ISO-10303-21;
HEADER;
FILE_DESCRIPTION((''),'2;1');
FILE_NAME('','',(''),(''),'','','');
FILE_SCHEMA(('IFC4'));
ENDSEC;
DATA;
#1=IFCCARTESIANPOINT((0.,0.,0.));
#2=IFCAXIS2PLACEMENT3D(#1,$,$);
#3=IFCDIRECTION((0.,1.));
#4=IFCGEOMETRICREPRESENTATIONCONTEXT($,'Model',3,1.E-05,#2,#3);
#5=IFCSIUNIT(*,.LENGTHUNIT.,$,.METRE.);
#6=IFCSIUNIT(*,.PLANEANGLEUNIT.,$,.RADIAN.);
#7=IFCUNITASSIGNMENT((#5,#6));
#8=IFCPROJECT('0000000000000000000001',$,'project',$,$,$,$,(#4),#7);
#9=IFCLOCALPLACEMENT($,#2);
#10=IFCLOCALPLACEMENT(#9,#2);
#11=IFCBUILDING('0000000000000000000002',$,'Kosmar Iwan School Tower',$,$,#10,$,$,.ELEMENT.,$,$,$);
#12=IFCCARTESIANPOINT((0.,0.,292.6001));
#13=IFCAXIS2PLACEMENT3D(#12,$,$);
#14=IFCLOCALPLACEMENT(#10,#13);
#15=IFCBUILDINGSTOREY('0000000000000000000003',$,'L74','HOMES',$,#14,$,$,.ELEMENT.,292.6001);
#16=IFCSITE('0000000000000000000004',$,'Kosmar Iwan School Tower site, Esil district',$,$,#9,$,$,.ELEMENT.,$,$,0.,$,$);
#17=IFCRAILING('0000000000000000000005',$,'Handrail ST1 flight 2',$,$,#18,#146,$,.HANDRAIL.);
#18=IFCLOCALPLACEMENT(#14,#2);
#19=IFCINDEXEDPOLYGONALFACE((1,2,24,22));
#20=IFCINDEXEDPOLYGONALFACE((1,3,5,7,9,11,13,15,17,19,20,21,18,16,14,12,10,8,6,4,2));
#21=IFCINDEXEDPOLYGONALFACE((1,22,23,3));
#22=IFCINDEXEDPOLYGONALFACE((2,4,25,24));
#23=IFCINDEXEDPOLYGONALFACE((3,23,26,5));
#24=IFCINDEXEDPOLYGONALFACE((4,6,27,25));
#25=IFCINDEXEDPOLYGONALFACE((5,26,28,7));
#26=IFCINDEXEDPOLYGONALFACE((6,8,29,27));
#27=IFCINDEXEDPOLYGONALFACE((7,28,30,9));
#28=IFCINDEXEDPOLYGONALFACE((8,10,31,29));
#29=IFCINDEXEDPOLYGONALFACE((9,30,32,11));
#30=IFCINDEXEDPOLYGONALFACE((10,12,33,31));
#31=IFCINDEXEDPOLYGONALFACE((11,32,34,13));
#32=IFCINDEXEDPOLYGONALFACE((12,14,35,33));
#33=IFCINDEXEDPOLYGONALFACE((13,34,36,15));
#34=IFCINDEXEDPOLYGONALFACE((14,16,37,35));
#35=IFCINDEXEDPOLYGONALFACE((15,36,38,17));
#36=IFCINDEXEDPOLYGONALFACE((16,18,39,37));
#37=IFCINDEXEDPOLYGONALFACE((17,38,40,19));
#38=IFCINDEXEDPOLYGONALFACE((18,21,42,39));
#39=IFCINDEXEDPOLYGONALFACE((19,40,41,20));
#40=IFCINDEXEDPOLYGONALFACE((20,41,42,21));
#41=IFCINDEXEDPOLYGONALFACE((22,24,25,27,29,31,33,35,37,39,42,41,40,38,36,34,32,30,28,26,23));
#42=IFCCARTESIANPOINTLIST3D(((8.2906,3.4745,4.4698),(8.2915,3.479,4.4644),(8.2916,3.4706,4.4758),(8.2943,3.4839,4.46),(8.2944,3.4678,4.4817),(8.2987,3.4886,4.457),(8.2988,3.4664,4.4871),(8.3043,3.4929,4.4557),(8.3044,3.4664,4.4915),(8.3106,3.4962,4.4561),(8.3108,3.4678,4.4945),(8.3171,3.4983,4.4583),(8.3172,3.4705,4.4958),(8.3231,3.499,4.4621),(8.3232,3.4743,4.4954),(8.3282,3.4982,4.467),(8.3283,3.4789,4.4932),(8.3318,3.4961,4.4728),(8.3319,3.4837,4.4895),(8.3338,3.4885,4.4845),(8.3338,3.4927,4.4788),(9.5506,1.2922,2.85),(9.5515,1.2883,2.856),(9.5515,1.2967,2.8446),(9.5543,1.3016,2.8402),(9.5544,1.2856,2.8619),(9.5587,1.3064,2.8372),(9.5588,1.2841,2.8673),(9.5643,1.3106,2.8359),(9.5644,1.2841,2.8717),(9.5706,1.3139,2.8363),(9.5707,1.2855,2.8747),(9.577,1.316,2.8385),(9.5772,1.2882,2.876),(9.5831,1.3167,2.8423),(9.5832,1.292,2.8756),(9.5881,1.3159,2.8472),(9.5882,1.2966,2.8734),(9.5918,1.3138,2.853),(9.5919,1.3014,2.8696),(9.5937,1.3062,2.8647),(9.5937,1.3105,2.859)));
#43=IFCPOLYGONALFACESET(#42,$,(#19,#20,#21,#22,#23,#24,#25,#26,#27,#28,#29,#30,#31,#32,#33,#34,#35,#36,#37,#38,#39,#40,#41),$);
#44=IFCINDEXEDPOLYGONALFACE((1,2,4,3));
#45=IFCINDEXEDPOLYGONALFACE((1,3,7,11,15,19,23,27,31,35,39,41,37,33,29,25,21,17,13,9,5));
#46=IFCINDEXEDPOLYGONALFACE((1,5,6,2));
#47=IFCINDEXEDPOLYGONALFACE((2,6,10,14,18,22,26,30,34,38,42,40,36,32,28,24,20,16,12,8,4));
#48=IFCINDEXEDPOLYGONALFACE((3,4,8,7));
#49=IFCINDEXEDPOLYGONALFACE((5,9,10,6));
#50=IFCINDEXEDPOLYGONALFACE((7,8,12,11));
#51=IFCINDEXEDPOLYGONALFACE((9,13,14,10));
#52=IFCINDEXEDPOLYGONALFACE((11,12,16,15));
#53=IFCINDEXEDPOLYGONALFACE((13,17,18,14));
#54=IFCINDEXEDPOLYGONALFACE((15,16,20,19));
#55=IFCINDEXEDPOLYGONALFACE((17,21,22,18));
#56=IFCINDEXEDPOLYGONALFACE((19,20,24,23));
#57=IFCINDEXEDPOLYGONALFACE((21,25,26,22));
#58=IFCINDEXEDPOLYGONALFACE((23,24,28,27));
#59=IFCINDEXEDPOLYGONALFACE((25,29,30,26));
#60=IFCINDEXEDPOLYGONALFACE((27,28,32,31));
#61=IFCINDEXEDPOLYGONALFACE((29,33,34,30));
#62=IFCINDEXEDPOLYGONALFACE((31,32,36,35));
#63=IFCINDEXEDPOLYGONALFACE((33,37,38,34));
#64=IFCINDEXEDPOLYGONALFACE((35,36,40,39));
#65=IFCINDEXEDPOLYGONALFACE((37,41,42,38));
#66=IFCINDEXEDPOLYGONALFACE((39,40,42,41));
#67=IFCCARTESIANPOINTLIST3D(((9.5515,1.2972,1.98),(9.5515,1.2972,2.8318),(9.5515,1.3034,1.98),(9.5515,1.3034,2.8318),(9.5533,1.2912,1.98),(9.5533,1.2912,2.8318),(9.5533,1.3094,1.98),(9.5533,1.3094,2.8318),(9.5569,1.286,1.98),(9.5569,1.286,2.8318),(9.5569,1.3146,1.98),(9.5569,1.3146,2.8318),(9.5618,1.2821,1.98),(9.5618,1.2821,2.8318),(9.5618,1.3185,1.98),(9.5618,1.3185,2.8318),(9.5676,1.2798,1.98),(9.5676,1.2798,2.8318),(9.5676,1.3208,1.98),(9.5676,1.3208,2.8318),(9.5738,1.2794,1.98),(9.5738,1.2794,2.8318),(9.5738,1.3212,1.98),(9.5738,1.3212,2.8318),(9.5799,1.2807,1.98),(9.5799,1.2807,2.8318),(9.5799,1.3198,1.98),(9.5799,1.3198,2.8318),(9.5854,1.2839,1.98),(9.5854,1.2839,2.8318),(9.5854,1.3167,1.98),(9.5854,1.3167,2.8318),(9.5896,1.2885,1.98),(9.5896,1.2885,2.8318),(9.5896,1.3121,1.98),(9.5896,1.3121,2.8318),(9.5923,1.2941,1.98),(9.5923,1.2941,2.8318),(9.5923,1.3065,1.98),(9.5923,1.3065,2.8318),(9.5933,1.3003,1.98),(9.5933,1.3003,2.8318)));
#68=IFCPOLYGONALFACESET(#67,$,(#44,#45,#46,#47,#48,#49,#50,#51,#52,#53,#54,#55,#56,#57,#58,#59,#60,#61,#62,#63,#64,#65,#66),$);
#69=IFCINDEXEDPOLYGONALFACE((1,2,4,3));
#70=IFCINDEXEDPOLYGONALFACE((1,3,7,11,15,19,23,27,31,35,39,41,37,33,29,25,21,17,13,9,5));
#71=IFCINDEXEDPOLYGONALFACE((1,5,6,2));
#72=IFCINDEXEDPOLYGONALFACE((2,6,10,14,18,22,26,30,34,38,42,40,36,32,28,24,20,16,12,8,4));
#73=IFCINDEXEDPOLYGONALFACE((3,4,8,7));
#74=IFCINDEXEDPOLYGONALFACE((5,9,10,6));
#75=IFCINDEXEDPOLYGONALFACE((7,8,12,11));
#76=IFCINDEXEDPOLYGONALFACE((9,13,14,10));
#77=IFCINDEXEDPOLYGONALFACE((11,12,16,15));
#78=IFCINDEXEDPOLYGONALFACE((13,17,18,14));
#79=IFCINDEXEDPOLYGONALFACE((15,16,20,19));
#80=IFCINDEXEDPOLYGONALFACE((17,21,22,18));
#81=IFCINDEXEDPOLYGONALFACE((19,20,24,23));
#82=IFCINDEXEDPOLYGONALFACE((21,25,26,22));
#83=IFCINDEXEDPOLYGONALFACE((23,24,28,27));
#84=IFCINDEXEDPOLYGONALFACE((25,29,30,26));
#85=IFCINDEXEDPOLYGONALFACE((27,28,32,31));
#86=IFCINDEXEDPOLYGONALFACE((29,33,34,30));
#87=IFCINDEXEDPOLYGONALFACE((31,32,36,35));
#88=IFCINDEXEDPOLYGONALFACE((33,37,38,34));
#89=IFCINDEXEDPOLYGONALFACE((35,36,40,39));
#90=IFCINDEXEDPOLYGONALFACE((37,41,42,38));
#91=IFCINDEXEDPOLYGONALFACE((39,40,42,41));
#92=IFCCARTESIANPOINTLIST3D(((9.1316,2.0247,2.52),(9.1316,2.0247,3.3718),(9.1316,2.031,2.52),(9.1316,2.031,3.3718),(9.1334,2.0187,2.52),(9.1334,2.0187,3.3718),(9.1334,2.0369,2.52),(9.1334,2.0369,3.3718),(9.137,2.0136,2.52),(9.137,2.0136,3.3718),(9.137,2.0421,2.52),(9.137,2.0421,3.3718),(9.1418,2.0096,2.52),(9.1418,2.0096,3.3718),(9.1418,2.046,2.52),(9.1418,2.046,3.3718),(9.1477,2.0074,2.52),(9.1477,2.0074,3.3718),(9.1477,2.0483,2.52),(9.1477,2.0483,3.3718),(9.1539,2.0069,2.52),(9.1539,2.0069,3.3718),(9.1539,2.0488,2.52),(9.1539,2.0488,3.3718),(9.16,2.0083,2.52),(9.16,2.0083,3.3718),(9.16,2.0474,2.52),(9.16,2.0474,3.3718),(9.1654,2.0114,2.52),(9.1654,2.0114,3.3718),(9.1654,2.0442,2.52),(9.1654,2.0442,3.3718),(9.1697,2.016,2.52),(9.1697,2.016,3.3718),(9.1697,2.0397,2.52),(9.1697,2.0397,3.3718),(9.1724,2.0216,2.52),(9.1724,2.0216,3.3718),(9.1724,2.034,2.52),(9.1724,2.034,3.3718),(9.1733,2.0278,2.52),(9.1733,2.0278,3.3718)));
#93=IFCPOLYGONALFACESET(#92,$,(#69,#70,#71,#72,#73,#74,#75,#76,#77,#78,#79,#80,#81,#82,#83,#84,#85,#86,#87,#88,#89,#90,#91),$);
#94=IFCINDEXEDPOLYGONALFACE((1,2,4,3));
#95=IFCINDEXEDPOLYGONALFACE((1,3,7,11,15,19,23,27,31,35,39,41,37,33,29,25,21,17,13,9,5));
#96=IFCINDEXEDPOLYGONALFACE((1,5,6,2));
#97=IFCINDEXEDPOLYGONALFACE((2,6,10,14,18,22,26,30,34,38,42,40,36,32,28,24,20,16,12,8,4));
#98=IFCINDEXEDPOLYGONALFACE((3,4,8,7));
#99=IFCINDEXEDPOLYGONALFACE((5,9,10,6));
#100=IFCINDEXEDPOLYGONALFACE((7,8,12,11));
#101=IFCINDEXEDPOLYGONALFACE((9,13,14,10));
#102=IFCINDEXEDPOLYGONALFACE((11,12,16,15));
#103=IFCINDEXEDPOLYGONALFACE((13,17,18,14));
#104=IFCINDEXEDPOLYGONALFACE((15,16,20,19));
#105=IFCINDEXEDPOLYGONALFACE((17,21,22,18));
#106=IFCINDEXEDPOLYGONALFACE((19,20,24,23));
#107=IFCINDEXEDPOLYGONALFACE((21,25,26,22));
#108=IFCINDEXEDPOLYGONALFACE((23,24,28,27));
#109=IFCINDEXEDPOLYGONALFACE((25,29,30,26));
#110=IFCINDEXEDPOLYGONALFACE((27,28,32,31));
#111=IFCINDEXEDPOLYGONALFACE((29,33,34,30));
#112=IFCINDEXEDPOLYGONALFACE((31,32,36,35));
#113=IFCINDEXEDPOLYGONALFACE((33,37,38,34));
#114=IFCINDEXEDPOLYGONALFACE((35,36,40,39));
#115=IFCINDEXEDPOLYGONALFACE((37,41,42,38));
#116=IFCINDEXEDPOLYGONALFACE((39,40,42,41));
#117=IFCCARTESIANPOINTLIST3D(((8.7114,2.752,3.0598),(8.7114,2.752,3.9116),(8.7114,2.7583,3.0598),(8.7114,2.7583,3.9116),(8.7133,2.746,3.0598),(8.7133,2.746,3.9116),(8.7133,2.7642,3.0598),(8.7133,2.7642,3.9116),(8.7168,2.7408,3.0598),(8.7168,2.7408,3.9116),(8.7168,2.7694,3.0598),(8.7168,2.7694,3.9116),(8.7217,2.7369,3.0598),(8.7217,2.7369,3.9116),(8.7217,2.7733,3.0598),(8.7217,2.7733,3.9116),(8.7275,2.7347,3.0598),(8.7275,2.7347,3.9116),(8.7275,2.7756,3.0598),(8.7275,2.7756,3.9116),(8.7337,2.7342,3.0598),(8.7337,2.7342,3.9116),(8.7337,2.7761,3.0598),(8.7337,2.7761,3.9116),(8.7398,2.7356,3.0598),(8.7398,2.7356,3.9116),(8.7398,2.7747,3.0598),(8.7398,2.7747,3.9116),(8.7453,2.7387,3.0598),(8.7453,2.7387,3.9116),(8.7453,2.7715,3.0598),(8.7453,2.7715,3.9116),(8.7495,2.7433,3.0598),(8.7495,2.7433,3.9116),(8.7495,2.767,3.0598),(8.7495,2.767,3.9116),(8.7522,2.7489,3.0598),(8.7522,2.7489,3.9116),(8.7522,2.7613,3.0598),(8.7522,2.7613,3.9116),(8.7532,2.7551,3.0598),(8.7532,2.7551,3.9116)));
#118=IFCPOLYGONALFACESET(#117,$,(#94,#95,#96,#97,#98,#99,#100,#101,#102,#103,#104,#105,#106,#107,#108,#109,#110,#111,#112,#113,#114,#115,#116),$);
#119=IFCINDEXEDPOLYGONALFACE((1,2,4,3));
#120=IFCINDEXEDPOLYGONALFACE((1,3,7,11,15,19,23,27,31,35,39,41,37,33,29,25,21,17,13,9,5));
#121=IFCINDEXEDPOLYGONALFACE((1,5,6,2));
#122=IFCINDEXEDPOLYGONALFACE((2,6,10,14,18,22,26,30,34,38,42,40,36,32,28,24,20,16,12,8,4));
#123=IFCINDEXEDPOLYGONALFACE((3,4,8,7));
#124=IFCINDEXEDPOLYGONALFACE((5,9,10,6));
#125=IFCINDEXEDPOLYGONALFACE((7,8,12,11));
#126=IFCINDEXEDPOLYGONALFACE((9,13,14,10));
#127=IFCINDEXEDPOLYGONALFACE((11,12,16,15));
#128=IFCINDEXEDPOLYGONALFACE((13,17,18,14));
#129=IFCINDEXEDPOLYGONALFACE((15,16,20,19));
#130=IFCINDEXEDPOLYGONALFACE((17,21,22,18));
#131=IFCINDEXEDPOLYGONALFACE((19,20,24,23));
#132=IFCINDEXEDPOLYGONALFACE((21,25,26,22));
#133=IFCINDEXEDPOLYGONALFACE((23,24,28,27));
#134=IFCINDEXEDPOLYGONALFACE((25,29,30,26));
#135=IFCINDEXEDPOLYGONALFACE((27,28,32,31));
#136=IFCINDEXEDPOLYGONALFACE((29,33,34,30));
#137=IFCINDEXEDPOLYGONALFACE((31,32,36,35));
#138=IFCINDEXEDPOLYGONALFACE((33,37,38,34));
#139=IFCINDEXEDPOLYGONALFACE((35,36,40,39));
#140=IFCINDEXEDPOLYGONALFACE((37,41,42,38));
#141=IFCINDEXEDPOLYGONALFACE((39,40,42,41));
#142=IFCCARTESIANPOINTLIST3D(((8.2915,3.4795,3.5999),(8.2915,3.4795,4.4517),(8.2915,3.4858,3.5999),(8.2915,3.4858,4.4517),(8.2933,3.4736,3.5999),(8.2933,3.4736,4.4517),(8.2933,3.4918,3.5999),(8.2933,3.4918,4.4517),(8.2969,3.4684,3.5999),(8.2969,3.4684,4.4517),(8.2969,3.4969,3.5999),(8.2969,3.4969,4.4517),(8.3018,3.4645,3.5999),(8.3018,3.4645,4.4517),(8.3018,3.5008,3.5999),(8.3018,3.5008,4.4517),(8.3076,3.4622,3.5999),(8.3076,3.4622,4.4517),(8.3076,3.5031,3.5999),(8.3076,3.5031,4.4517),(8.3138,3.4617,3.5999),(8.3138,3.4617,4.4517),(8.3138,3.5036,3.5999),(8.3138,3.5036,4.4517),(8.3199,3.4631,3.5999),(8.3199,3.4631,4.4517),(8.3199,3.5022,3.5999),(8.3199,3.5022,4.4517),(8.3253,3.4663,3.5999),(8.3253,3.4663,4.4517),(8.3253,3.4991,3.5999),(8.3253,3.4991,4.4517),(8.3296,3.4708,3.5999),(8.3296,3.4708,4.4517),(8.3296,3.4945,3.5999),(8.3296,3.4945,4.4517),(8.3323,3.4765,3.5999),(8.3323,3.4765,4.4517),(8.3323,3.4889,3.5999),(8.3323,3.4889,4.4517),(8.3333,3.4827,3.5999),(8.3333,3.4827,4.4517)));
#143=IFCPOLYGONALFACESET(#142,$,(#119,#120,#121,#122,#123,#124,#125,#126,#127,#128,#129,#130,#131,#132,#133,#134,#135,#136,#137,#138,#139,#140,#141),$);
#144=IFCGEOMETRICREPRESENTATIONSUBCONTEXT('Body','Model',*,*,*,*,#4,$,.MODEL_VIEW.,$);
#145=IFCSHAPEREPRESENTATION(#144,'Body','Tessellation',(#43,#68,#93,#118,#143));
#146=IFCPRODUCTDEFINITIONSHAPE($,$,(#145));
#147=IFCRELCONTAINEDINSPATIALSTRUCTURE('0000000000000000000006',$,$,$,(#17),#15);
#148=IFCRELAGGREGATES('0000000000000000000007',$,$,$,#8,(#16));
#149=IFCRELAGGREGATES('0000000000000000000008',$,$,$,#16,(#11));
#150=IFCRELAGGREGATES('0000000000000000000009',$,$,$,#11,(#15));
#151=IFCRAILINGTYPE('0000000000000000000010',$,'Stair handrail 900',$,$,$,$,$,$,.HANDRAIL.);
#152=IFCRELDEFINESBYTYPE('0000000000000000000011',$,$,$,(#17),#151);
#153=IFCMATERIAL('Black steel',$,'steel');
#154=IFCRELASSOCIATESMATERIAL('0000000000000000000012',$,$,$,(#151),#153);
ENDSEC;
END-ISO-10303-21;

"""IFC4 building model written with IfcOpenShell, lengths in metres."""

from ifc_helpers import new_model, si_unit, direction, frame, origin, origin_2d, place, context, subcontext, project, spatial, circle, extrude, material, type_object, element, save


model = new_model("IFC4")

# Units and contexts
model_context = context("Model", 3, precision=1e-05, world=origin(), true_north=direction((0.0, 1.0)))
body_context = subcontext(model_context, "Body", "Model", "MODEL_VIEW")
ifc_project = project(units=[si_unit("LENGTHUNIT", "METRE"), si_unit("PLANEANGLEUNIT", "RADIAN")], contexts=[model_context])

# Site, building, storey
site_placement = place(None, origin())
site = spatial("IfcSite", under=ifc_project, at=site_placement, Name="Kosmar Iwan School Tower site, Esil district", CompositionType="ELEMENT", RefElevation=0.0)
building_placement = place(site_placement, origin())
building = spatial("IfcBuilding", under=site, at=building_placement, Name="Kosmar Iwan School Tower", CompositionType="ELEMENT")
storey_placement = place(building_placement, frame((0.0, 0.0, 292.6001)))
storey = spatial("IfcBuildingStorey", under=building, at=storey_placement, Name="L74", Description="HOMES", CompositionType="ELEMENT", Elevation=292.6001)

# Railing
ifc_material_1 = material(Name="Black steel", Category="steel")
railing_type = type_object("IfcRailingType", Name="Stair handrail 900", PredefinedType="HANDRAIL", material=ifc_material_1)
railing_placement = place(storey_placement, frame((9.5723, 1.3003, 1.98)))
element("IfcRailing", 1, at=railing_placement, inside=storey, type_object=railing_type, Name="Handrail ST1 flight 2", PredefinedType="HANDRAIL", context=body_context, shape_type="SweptSolid", body=[
    extrude(circle(Radius=0.0239, at=origin_2d()), frame((0.0, 0.0, 0.876), z_axis=(-0.420603, 0.728496, 0.540728), x_axis=(-0.866023, -0.500005, 0.0)), (0.0, 0.0, 1.0), 2.9956),
    extrude(circle(Radius=0.021, at=origin_2d()), origin(), (0.0, 0.0, 1.0), 0.8518),
    extrude(circle(Radius=0.021, at=origin_2d()), frame((-0.4199, 0.7275, 0.54)), (0.0, 0.0, 1.0), 0.8518),
    extrude(circle(Radius=0.021, at=origin_2d()), frame((-0.8401, 1.4548, 1.0798)), (0.0, 0.0, 1.0), 0.8518),
    extrude(circle(Radius=0.021, at=origin_2d()), frame((-1.26, 2.1824, 1.6199)), (0.0, 0.0, 1.0), 0.8518),
])

save(model, "model.ifc")
